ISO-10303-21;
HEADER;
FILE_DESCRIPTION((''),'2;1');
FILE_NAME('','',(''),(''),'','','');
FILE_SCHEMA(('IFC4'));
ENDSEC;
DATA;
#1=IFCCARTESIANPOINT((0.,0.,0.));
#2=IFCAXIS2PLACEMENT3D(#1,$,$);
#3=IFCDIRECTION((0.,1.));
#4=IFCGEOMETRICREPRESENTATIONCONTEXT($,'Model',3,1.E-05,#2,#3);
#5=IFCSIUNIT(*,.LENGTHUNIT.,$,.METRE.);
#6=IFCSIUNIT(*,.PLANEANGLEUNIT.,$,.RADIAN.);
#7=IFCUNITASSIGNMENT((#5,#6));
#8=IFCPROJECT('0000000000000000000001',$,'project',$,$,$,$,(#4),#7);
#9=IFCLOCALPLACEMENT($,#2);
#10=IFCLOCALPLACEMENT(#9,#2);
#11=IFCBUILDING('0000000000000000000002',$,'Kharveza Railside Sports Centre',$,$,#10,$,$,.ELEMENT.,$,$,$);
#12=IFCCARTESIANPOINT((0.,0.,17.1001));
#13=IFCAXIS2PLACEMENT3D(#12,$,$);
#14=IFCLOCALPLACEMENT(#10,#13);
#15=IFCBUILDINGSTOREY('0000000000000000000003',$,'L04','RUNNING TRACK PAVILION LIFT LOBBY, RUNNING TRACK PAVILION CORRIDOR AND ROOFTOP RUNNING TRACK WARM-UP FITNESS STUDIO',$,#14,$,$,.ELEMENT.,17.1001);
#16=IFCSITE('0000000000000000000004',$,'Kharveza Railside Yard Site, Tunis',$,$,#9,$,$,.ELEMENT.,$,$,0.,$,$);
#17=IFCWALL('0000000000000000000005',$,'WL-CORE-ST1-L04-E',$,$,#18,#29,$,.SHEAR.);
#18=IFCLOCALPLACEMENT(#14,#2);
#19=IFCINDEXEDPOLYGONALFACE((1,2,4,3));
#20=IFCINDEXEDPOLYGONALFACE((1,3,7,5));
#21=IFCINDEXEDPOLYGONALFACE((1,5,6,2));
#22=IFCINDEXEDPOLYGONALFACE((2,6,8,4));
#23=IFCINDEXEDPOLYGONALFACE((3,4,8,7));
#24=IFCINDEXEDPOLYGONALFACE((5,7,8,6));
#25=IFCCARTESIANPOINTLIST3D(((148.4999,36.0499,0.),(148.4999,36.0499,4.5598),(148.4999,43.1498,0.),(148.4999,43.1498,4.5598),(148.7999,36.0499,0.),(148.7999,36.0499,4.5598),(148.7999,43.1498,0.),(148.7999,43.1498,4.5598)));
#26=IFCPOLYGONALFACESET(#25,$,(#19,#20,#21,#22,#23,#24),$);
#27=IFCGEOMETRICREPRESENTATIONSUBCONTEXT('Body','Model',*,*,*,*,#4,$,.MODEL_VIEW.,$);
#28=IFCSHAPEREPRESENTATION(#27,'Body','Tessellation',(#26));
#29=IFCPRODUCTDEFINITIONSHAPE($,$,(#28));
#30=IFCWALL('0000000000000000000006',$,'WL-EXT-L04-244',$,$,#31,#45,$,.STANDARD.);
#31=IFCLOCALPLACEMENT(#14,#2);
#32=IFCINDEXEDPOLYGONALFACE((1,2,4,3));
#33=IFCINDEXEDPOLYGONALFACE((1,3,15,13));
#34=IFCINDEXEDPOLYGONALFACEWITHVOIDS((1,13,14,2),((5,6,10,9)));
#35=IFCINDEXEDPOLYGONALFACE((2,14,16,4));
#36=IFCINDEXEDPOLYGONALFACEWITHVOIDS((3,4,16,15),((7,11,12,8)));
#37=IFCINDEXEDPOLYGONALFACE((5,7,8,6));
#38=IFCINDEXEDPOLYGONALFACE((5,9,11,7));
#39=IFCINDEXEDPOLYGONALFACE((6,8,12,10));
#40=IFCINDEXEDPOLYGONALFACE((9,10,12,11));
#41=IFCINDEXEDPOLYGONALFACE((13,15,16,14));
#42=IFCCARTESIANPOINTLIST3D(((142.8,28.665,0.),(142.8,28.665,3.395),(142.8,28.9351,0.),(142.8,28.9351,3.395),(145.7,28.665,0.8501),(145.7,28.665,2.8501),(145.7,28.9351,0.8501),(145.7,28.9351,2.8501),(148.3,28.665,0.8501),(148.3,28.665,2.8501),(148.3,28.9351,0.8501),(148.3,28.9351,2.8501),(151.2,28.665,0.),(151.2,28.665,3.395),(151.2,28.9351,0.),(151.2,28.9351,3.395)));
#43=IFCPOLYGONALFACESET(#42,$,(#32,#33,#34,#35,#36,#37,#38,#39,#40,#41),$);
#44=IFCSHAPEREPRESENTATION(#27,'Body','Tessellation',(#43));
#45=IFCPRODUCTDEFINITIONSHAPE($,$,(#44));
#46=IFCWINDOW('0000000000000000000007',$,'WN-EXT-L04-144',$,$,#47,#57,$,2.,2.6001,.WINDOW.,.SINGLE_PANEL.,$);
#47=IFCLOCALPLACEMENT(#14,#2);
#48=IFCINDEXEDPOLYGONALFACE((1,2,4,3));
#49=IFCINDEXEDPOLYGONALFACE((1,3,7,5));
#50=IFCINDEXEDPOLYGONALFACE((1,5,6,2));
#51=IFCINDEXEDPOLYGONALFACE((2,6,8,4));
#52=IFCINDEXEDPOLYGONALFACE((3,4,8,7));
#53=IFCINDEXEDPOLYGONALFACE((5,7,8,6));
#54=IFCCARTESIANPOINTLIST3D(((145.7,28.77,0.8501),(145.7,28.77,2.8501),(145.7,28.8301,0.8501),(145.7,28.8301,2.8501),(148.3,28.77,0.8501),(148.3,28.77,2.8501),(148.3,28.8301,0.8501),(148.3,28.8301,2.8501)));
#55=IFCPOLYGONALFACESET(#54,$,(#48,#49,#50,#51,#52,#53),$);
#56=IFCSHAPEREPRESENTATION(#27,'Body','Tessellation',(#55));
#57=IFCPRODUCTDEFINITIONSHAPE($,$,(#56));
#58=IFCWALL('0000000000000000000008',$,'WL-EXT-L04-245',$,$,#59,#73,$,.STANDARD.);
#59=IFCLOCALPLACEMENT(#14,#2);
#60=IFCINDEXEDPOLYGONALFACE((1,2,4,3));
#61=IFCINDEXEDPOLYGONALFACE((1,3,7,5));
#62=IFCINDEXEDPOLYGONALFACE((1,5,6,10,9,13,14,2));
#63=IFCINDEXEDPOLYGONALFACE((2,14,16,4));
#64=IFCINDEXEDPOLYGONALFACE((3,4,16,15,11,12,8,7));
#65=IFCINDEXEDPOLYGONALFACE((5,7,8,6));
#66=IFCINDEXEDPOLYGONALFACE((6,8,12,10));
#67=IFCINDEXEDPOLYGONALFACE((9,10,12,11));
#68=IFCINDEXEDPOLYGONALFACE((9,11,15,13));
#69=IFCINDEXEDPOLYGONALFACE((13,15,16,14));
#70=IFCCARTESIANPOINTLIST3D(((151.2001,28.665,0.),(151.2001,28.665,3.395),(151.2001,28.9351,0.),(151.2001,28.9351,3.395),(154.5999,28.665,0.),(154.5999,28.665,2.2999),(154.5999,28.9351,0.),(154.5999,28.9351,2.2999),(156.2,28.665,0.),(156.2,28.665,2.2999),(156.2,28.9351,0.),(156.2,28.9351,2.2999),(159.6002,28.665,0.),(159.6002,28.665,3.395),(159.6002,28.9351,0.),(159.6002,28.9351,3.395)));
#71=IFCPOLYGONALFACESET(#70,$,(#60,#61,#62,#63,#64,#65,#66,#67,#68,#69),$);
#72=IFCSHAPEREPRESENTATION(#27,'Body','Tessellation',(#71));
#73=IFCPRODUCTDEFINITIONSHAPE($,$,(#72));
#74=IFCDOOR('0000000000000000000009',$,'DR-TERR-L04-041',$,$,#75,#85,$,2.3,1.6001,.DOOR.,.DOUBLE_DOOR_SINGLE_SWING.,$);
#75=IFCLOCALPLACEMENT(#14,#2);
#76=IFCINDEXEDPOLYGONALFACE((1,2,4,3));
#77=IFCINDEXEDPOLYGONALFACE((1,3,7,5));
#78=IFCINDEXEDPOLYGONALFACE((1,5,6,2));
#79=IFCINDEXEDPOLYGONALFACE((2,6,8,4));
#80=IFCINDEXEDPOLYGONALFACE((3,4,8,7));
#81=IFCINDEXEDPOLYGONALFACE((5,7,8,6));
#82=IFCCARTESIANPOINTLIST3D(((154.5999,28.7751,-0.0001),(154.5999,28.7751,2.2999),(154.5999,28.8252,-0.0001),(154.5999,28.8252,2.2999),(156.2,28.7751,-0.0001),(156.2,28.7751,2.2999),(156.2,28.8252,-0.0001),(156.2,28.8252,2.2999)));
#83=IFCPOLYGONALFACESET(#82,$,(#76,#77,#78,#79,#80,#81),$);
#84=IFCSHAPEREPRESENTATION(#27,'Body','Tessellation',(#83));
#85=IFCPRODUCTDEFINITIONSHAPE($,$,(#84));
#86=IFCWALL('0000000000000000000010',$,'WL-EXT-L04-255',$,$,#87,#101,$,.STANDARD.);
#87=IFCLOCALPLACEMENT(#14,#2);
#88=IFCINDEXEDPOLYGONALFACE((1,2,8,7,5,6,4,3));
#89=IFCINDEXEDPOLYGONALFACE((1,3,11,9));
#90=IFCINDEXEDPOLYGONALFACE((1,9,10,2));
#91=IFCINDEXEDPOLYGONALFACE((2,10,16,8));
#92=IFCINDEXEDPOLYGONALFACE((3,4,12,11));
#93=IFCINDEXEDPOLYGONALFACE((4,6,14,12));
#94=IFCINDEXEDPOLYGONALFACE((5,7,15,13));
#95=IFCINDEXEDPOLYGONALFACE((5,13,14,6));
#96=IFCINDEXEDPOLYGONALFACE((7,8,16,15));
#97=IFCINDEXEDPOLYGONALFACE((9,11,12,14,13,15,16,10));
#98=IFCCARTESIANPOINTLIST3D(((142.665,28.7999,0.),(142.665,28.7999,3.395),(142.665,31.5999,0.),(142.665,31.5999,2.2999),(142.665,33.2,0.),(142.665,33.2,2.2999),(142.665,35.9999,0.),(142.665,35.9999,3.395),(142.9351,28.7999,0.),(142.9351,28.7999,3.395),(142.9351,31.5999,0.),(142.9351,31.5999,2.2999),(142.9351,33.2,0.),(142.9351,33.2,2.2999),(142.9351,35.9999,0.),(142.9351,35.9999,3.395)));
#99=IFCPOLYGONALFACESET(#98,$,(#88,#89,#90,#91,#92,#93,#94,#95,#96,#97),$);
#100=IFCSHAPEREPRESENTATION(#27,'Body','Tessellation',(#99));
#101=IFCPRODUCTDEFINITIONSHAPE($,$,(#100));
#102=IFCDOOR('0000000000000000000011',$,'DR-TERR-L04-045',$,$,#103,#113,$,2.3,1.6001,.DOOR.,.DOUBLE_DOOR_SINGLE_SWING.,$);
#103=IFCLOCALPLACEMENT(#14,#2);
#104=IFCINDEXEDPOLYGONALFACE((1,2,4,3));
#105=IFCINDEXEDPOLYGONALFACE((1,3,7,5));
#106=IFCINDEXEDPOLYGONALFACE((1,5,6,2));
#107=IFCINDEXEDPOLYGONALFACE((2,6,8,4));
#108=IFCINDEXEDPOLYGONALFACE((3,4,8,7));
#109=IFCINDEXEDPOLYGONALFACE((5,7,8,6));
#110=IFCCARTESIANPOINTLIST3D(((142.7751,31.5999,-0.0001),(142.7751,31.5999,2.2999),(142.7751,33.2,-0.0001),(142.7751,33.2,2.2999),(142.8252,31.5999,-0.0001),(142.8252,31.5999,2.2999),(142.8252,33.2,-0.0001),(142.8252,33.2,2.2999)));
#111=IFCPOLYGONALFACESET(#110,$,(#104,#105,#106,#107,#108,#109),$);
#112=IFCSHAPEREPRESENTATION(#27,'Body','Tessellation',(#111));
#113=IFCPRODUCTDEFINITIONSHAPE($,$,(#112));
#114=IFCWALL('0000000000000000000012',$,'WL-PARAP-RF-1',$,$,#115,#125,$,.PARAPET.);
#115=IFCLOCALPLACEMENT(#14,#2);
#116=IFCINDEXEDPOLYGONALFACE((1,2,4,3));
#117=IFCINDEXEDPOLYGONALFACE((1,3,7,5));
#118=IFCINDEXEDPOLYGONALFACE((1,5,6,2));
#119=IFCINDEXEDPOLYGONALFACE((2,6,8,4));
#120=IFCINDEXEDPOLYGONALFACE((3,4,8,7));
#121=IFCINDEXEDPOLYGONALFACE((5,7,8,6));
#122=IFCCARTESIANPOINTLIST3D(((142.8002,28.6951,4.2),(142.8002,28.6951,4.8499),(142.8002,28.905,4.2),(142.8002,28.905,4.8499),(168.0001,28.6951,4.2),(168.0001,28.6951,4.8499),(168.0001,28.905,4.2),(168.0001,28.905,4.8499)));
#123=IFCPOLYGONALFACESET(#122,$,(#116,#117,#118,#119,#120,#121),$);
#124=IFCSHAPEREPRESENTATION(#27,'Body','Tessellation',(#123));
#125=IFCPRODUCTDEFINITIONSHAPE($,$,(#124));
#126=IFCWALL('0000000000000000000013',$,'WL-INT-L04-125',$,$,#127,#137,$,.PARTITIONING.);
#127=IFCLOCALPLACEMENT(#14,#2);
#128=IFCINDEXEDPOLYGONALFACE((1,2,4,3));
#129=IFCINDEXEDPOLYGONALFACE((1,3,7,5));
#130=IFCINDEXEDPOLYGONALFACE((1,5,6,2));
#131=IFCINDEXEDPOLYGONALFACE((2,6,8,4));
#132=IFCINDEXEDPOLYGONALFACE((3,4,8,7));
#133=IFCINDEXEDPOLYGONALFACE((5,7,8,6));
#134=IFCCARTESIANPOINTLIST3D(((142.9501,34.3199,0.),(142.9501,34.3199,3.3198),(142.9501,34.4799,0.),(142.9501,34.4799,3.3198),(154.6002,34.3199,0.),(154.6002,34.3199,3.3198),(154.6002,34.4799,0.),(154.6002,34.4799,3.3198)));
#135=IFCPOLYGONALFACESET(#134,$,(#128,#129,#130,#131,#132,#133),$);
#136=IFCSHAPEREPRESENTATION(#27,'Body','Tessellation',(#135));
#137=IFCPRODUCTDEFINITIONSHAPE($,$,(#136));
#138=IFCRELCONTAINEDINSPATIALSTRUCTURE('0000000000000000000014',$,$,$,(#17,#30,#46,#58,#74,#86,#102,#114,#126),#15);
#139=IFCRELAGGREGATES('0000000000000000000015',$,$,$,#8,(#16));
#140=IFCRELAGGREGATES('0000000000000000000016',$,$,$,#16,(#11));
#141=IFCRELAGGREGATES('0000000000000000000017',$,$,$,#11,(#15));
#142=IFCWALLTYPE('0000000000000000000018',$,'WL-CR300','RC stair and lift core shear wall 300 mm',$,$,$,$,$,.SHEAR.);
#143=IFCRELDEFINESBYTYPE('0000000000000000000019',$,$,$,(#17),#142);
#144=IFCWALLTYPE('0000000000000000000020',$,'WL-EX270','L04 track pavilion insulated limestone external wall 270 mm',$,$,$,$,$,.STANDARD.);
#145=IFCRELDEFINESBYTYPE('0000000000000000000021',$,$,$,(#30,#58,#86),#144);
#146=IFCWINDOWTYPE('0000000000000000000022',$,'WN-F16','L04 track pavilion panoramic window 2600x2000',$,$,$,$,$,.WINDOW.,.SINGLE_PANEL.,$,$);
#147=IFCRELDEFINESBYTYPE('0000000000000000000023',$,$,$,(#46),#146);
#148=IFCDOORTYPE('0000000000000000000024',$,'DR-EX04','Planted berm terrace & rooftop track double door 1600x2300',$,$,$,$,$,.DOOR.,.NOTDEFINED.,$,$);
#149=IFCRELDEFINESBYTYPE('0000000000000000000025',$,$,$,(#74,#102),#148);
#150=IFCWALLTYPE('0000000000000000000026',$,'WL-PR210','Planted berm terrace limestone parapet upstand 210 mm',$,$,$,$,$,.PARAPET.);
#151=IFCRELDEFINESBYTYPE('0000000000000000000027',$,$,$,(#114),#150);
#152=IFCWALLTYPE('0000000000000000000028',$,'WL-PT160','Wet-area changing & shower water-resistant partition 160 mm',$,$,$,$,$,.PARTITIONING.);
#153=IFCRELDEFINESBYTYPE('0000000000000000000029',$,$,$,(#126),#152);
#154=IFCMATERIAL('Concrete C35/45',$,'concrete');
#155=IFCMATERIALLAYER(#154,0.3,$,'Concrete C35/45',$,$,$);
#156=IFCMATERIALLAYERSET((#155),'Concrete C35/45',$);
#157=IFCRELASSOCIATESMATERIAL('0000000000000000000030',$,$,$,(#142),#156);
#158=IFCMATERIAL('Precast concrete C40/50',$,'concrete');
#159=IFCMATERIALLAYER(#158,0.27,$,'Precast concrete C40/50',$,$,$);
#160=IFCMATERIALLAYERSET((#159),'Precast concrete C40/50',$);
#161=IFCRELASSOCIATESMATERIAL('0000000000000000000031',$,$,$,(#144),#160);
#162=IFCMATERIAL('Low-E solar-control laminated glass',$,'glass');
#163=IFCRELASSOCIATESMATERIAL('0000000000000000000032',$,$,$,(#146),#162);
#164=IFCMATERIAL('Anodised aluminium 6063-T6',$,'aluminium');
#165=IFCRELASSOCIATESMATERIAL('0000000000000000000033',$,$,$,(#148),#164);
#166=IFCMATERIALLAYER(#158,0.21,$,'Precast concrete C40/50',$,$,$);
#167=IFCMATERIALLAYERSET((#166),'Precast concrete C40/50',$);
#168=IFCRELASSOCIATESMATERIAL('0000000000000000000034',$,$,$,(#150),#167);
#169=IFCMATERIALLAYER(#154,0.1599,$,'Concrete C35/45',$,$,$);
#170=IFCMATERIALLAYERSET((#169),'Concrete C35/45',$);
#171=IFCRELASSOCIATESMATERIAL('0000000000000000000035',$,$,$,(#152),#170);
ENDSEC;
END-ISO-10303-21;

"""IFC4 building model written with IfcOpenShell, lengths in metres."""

from ifc_helpers import new_model, si_unit, direction, frame, frame_2d, origin, place, context, subcontext, project, spatial, rectangle, extrude, material, layer, layer_set, type_object, element, fill, save


model = new_model("IFC4")

# Units and contexts
model_context = context("Model", 3, precision=1e-05, world=origin(), true_north=direction((0.0, 1.0)))
body_context = subcontext(model_context, "Body", "Model", "MODEL_VIEW")
ifc_project = project(units=[si_unit("LENGTHUNIT", "METRE"), si_unit("PLANEANGLEUNIT", "RADIAN")], contexts=[model_context])

# Site, building, storey
site_placement = place(None, origin())
site = spatial("IfcSite", under=ifc_project, at=site_placement, Name="Kharveza Railside Yard Site, Tunis", CompositionType="ELEMENT", RefElevation=0.0)
building_placement = place(site_placement, origin())
building = spatial("IfcBuilding", under=site, at=building_placement, Name="Kharveza Railside Sports Centre", CompositionType="ELEMENT")
storey_placement = place(building_placement, frame((0.0, 0.0, 17.1001)))
storey = spatial("IfcBuildingStorey", under=building, at=storey_placement, Name="L04", Description="RUNNING TRACK PAVILION LIFT LOBBY, RUNNING TRACK PAVILION CORRIDOR AND ROOFTOP RUNNING TRACK WARM-UP FITNESS STUDIO", CompositionType="ELEMENT", Elevation=17.1001)

# Shared definitions
ifc_material_1 = material(Name="Low-E solar-control laminated glass", Category="glass")
ifc_material_2 = material(Name="Anodised aluminium 6063-T6", Category="aluminium")

# Shared definitions
ifc_material_3 = material(Name="Concrete C35/45", Category="concrete")

# Shared definitions
ifc_layer_1 = layer(ifc_material_3, 0.3, Name="Concrete C35/45")
ifc_layer_set_1 = layer_set([ifc_layer_1], Name="Concrete C35/45")
wall_type_1 = type_object("IfcWallType", Name="WL-CR300", Description="RC stair and lift core shear wall 300 mm", PredefinedType="SHEAR", material=ifc_layer_set_1)

# Wall
wall_1_placement = place(storey_placement, frame((148.6499, 36.05, 0.0), z_axis=(0.0, 0.0, 1.0), x_axis=(0.0, 1.0, 0.0)))
element("IfcWall", 1, at=wall_1_placement, inside=storey, type_object=wall_type_1, Name="WL-CORE-ST1-L04-E", PredefinedType="SHEAR", context=body_context, shape_type="SweptSolid", body=[
    extrude(rectangle(XDim=7.0999, YDim=0.3, at=frame_2d((3.5498, 0.0))), origin(), (0.0, 0.0, 1.0), 4.5598),
])

# Wall, opening, window
ifc_material_4 = material(Name="Precast concrete C40/50", Category="concrete")
ifc_layer_2 = layer(ifc_material_4, 0.27, Name="Precast concrete C40/50")
ifc_layer_set_2 = layer_set([ifc_layer_2], Name="Precast concrete C40/50")
wall_type_2 = type_object("IfcWallType", Name="WL-EX270", Description="L04 track pavilion insulated limestone external wall 270 mm", PredefinedType="STANDARD", material=ifc_layer_set_2)
wall_2_placement = place(storey_placement, frame((142.8, 28.8, 0.0), z_axis=(0.0, 0.0, 1.0), x_axis=(1.0, 0.0, 0.0)))
wall_2 = element("IfcWall", 2, at=wall_2_placement, inside=storey, type_object=wall_type_2, Name="WL-EXT-L04-244", PredefinedType="STANDARD", context=body_context, shape_type="SweptSolid", body=[
    extrude(rectangle(XDim=8.3999, YDim=0.27, at=frame_2d((4.2, 0.0))), origin(), (0.0, 0.0, 1.0), 3.395),
])
opening_1_placement = place(wall_2_placement, frame((2.8999, 0.0, 0.8501)))
opening_1 = element("IfcOpeningElement", 3, at=opening_1_placement, cuts=wall_2, PredefinedType="OPENING", context=body_context, shape_type="SweptSolid", body=[
    extrude(rectangle(XDim=2.6001, YDim=2.0, at=frame_2d((1.3, 1.0))), frame((0.0, 0.1599, 0.0), z_axis=(0.0, -1.0, 0.0), x_axis=(1.0, 0.0, 0.0)), (0.0, 0.0, 1.0), 0.3198),
])
window_type = type_object("IfcWindowType", Name="WN-F16", Description="L04 track pavilion panoramic window 2600x2000", PartitioningType="SINGLE_PANEL", PredefinedType="WINDOW", material=ifc_material_1)
window_placement = place(opening_1_placement, origin())
window = element("IfcWindow", 4, at=window_placement, inside=storey, type_object=window_type, Name="WN-EXT-L04-144", OverallHeight=2.0, OverallWidth=2.6001, PartitioningType="SINGLE_PANEL", PredefinedType="WINDOW", context=body_context, shape_type="SweptSolid", body=[
    extrude(rectangle(XDim=2.6001, YDim=2.0, at=frame_2d((1.3, 1.0))), frame((0.0, 0.03, 0.0), z_axis=(0.0, -1.0, 0.0), x_axis=(1.0, 0.0, 0.0)), (0.0, 0.0, 1.0), 0.0601),
])
fill(opening_1, window)

# Walls, openings, doors
wall_3_placement = place(storey_placement, frame((151.2, 28.8, 0.0), z_axis=(0.0, 0.0, 1.0), x_axis=(1.0, 0.0, 0.0)))
wall_3 = element("IfcWall", 5, at=wall_3_placement, inside=storey, type_object=wall_type_2, Name="WL-EXT-L04-245", PredefinedType="STANDARD", context=body_context, shape_type="SweptSolid", body=[
    extrude(rectangle(XDim=8.4001, YDim=0.27, at=frame_2d((4.2002, 0.0))), origin(), (0.0, 0.0, 1.0), 3.395),
])
opening_2_placement = place(wall_3_placement, frame((3.3999, 0.0, 0.0)))
opening_2 = element("IfcOpeningElement", 6, at=opening_2_placement, cuts=wall_3, PredefinedType="OPENING", context=body_context, shape_type="SweptSolid", body=[
    extrude(rectangle(XDim=1.6001, YDim=2.3, at=frame_2d((0.8, 1.1499))), frame((0.0, 0.1599, 0.0), z_axis=(0.0, -1.0, 0.0), x_axis=(1.0, 0.0, 0.0)), (0.0, 0.0, 1.0), 0.3198),
])
door_type_1 = type_object("IfcDoorType", Name="DR-EX04", Description="Planted berm terrace & rooftop track double door 1600x2300", OperationType="NOTDEFINED", PredefinedType="DOOR", material=ifc_material_2)
door_1_placement = place(opening_2_placement, frame((1.6001, 0.0, 0.0), z_axis=(0.0, 0.0, 1.0), x_axis=(-1.0, 0.0, 0.0)))
door_1 = element("IfcDoor", 7, at=door_1_placement, inside=storey, type_object=door_type_1, Name="DR-TERR-L04-041", OperationType="DOUBLE_DOOR_SINGLE_SWING", OverallHeight=2.3, OverallWidth=1.6001, PredefinedType="DOOR", context=body_context, shape_type="SweptSolid", body=[
    extrude(rectangle(XDim=1.6001, YDim=2.3, at=frame_2d((0.8, 1.1499))), frame((0.0, 0.0249, 0.0), z_axis=(0.0, -1.0, 0.0), x_axis=(1.0, 0.0, 0.0)), (0.0, 0.0, 1.0), 0.05),
])
fill(opening_2, door_1)
wall_4_placement = place(storey_placement, frame((142.8, 36.0, 0.0), z_axis=(0.0, 0.0, 1.0), x_axis=(0.0, -1.0, 0.0)))
wall_4 = element("IfcWall", 8, at=wall_4_placement, inside=storey, type_object=wall_type_2, Name="WL-EXT-L04-255", PredefinedType="STANDARD", context=body_context, shape_type="SweptSolid", body=[
    extrude(rectangle(XDim=7.2, YDim=0.27, at=frame_2d((3.6001, 0.0))), origin(), (0.0, 0.0, 1.0), 3.395),
])
opening_3_placement = place(wall_4_placement, frame((2.8, 0.0, 0.0)))
opening_3 = element("IfcOpeningElement", 9, at=opening_3_placement, cuts=wall_4, PredefinedType="OPENING", context=body_context, shape_type="SweptSolid", body=[
    extrude(rectangle(XDim=1.6001, YDim=2.3, at=frame_2d((0.8, 1.1499))), frame((0.0, 0.1599, 0.0), z_axis=(0.0, -1.0, 0.0), x_axis=(1.0, 0.0, 0.0)), (0.0, 0.0, 1.0), 0.3198),
])
door_2_placement = place(opening_3_placement, frame((1.6001, 0.0, 0.0), z_axis=(0.0, 0.0, 1.0), x_axis=(-1.0, 0.0, 0.0)))
door_2 = element("IfcDoor", 10, at=door_2_placement, inside=storey, type_object=door_type_1, Name="DR-TERR-L04-045", OperationType="DOUBLE_DOOR_SINGLE_SWING", OverallHeight=2.3, OverallWidth=1.6001, PredefinedType="DOOR", context=body_context, shape_type="SweptSolid", body=[
    extrude(rectangle(XDim=1.6001, YDim=2.3, at=frame_2d((0.8, 1.1499))), frame((0.0, 0.0249, 0.0), z_axis=(0.0, -1.0, 0.0), x_axis=(1.0, 0.0, 0.0)), (0.0, 0.0, 1.0), 0.05),
])
fill(opening_3, door_2)

# Walls
ifc_layer_3 = layer(ifc_material_4, 0.21, Name="Precast concrete C40/50")
ifc_layer_set_3 = layer_set([ifc_layer_3], Name="Precast concrete C40/50")
wall_type_3 = type_object("IfcWallType", Name="WL-PR210", Description="Planted berm terrace limestone parapet upstand 210 mm", PredefinedType="PARAPET", material=ifc_layer_set_3)
wall_5_placement = place(storey_placement, frame((142.8, 28.8, 4.2), z_axis=(0.0, 0.0, 1.0), x_axis=(1.0, 0.0, 0.0)))
element("IfcWall", 11, at=wall_5_placement, inside=storey, type_object=wall_type_3, Name="WL-PARAP-RF-1", PredefinedType="PARAPET", context=body_context, shape_type="SweptSolid", body=[
    extrude(rectangle(XDim=25.2, YDim=0.21, at=frame_2d((12.6001, 0.0))), origin(), (0.0, 0.0, 1.0), 0.6499),
])
ifc_layer_4 = layer(ifc_material_3, 0.1599, Name="Concrete C35/45")
ifc_layer_set_4 = layer_set([ifc_layer_4], Name="Concrete C35/45")
wall_type_4 = type_object("IfcWallType", Name="WL-PT160", Description="Wet-area changing & shower water-resistant partition 160 mm", PredefinedType="PARTITIONING", material=ifc_layer_set_4)
wall_6_placement = place(storey_placement, frame((142.95, 34.3999, 0.0), z_axis=(0.0, 0.0, 1.0), x_axis=(1.0, 0.0, 0.0)))
element("IfcWall", 12, at=wall_6_placement, inside=storey, type_object=wall_type_4, Name="WL-INT-L04-125", PredefinedType="PARTITIONING", context=body_context, shape_type="SweptSolid", body=[
    extrude(rectangle(XDim=11.6501, YDim=0.1599, at=frame_2d((5.8252, 0.0))), origin(), (0.0, 0.0, 1.0), 3.3198),
])

save(model, "model.ifc")
